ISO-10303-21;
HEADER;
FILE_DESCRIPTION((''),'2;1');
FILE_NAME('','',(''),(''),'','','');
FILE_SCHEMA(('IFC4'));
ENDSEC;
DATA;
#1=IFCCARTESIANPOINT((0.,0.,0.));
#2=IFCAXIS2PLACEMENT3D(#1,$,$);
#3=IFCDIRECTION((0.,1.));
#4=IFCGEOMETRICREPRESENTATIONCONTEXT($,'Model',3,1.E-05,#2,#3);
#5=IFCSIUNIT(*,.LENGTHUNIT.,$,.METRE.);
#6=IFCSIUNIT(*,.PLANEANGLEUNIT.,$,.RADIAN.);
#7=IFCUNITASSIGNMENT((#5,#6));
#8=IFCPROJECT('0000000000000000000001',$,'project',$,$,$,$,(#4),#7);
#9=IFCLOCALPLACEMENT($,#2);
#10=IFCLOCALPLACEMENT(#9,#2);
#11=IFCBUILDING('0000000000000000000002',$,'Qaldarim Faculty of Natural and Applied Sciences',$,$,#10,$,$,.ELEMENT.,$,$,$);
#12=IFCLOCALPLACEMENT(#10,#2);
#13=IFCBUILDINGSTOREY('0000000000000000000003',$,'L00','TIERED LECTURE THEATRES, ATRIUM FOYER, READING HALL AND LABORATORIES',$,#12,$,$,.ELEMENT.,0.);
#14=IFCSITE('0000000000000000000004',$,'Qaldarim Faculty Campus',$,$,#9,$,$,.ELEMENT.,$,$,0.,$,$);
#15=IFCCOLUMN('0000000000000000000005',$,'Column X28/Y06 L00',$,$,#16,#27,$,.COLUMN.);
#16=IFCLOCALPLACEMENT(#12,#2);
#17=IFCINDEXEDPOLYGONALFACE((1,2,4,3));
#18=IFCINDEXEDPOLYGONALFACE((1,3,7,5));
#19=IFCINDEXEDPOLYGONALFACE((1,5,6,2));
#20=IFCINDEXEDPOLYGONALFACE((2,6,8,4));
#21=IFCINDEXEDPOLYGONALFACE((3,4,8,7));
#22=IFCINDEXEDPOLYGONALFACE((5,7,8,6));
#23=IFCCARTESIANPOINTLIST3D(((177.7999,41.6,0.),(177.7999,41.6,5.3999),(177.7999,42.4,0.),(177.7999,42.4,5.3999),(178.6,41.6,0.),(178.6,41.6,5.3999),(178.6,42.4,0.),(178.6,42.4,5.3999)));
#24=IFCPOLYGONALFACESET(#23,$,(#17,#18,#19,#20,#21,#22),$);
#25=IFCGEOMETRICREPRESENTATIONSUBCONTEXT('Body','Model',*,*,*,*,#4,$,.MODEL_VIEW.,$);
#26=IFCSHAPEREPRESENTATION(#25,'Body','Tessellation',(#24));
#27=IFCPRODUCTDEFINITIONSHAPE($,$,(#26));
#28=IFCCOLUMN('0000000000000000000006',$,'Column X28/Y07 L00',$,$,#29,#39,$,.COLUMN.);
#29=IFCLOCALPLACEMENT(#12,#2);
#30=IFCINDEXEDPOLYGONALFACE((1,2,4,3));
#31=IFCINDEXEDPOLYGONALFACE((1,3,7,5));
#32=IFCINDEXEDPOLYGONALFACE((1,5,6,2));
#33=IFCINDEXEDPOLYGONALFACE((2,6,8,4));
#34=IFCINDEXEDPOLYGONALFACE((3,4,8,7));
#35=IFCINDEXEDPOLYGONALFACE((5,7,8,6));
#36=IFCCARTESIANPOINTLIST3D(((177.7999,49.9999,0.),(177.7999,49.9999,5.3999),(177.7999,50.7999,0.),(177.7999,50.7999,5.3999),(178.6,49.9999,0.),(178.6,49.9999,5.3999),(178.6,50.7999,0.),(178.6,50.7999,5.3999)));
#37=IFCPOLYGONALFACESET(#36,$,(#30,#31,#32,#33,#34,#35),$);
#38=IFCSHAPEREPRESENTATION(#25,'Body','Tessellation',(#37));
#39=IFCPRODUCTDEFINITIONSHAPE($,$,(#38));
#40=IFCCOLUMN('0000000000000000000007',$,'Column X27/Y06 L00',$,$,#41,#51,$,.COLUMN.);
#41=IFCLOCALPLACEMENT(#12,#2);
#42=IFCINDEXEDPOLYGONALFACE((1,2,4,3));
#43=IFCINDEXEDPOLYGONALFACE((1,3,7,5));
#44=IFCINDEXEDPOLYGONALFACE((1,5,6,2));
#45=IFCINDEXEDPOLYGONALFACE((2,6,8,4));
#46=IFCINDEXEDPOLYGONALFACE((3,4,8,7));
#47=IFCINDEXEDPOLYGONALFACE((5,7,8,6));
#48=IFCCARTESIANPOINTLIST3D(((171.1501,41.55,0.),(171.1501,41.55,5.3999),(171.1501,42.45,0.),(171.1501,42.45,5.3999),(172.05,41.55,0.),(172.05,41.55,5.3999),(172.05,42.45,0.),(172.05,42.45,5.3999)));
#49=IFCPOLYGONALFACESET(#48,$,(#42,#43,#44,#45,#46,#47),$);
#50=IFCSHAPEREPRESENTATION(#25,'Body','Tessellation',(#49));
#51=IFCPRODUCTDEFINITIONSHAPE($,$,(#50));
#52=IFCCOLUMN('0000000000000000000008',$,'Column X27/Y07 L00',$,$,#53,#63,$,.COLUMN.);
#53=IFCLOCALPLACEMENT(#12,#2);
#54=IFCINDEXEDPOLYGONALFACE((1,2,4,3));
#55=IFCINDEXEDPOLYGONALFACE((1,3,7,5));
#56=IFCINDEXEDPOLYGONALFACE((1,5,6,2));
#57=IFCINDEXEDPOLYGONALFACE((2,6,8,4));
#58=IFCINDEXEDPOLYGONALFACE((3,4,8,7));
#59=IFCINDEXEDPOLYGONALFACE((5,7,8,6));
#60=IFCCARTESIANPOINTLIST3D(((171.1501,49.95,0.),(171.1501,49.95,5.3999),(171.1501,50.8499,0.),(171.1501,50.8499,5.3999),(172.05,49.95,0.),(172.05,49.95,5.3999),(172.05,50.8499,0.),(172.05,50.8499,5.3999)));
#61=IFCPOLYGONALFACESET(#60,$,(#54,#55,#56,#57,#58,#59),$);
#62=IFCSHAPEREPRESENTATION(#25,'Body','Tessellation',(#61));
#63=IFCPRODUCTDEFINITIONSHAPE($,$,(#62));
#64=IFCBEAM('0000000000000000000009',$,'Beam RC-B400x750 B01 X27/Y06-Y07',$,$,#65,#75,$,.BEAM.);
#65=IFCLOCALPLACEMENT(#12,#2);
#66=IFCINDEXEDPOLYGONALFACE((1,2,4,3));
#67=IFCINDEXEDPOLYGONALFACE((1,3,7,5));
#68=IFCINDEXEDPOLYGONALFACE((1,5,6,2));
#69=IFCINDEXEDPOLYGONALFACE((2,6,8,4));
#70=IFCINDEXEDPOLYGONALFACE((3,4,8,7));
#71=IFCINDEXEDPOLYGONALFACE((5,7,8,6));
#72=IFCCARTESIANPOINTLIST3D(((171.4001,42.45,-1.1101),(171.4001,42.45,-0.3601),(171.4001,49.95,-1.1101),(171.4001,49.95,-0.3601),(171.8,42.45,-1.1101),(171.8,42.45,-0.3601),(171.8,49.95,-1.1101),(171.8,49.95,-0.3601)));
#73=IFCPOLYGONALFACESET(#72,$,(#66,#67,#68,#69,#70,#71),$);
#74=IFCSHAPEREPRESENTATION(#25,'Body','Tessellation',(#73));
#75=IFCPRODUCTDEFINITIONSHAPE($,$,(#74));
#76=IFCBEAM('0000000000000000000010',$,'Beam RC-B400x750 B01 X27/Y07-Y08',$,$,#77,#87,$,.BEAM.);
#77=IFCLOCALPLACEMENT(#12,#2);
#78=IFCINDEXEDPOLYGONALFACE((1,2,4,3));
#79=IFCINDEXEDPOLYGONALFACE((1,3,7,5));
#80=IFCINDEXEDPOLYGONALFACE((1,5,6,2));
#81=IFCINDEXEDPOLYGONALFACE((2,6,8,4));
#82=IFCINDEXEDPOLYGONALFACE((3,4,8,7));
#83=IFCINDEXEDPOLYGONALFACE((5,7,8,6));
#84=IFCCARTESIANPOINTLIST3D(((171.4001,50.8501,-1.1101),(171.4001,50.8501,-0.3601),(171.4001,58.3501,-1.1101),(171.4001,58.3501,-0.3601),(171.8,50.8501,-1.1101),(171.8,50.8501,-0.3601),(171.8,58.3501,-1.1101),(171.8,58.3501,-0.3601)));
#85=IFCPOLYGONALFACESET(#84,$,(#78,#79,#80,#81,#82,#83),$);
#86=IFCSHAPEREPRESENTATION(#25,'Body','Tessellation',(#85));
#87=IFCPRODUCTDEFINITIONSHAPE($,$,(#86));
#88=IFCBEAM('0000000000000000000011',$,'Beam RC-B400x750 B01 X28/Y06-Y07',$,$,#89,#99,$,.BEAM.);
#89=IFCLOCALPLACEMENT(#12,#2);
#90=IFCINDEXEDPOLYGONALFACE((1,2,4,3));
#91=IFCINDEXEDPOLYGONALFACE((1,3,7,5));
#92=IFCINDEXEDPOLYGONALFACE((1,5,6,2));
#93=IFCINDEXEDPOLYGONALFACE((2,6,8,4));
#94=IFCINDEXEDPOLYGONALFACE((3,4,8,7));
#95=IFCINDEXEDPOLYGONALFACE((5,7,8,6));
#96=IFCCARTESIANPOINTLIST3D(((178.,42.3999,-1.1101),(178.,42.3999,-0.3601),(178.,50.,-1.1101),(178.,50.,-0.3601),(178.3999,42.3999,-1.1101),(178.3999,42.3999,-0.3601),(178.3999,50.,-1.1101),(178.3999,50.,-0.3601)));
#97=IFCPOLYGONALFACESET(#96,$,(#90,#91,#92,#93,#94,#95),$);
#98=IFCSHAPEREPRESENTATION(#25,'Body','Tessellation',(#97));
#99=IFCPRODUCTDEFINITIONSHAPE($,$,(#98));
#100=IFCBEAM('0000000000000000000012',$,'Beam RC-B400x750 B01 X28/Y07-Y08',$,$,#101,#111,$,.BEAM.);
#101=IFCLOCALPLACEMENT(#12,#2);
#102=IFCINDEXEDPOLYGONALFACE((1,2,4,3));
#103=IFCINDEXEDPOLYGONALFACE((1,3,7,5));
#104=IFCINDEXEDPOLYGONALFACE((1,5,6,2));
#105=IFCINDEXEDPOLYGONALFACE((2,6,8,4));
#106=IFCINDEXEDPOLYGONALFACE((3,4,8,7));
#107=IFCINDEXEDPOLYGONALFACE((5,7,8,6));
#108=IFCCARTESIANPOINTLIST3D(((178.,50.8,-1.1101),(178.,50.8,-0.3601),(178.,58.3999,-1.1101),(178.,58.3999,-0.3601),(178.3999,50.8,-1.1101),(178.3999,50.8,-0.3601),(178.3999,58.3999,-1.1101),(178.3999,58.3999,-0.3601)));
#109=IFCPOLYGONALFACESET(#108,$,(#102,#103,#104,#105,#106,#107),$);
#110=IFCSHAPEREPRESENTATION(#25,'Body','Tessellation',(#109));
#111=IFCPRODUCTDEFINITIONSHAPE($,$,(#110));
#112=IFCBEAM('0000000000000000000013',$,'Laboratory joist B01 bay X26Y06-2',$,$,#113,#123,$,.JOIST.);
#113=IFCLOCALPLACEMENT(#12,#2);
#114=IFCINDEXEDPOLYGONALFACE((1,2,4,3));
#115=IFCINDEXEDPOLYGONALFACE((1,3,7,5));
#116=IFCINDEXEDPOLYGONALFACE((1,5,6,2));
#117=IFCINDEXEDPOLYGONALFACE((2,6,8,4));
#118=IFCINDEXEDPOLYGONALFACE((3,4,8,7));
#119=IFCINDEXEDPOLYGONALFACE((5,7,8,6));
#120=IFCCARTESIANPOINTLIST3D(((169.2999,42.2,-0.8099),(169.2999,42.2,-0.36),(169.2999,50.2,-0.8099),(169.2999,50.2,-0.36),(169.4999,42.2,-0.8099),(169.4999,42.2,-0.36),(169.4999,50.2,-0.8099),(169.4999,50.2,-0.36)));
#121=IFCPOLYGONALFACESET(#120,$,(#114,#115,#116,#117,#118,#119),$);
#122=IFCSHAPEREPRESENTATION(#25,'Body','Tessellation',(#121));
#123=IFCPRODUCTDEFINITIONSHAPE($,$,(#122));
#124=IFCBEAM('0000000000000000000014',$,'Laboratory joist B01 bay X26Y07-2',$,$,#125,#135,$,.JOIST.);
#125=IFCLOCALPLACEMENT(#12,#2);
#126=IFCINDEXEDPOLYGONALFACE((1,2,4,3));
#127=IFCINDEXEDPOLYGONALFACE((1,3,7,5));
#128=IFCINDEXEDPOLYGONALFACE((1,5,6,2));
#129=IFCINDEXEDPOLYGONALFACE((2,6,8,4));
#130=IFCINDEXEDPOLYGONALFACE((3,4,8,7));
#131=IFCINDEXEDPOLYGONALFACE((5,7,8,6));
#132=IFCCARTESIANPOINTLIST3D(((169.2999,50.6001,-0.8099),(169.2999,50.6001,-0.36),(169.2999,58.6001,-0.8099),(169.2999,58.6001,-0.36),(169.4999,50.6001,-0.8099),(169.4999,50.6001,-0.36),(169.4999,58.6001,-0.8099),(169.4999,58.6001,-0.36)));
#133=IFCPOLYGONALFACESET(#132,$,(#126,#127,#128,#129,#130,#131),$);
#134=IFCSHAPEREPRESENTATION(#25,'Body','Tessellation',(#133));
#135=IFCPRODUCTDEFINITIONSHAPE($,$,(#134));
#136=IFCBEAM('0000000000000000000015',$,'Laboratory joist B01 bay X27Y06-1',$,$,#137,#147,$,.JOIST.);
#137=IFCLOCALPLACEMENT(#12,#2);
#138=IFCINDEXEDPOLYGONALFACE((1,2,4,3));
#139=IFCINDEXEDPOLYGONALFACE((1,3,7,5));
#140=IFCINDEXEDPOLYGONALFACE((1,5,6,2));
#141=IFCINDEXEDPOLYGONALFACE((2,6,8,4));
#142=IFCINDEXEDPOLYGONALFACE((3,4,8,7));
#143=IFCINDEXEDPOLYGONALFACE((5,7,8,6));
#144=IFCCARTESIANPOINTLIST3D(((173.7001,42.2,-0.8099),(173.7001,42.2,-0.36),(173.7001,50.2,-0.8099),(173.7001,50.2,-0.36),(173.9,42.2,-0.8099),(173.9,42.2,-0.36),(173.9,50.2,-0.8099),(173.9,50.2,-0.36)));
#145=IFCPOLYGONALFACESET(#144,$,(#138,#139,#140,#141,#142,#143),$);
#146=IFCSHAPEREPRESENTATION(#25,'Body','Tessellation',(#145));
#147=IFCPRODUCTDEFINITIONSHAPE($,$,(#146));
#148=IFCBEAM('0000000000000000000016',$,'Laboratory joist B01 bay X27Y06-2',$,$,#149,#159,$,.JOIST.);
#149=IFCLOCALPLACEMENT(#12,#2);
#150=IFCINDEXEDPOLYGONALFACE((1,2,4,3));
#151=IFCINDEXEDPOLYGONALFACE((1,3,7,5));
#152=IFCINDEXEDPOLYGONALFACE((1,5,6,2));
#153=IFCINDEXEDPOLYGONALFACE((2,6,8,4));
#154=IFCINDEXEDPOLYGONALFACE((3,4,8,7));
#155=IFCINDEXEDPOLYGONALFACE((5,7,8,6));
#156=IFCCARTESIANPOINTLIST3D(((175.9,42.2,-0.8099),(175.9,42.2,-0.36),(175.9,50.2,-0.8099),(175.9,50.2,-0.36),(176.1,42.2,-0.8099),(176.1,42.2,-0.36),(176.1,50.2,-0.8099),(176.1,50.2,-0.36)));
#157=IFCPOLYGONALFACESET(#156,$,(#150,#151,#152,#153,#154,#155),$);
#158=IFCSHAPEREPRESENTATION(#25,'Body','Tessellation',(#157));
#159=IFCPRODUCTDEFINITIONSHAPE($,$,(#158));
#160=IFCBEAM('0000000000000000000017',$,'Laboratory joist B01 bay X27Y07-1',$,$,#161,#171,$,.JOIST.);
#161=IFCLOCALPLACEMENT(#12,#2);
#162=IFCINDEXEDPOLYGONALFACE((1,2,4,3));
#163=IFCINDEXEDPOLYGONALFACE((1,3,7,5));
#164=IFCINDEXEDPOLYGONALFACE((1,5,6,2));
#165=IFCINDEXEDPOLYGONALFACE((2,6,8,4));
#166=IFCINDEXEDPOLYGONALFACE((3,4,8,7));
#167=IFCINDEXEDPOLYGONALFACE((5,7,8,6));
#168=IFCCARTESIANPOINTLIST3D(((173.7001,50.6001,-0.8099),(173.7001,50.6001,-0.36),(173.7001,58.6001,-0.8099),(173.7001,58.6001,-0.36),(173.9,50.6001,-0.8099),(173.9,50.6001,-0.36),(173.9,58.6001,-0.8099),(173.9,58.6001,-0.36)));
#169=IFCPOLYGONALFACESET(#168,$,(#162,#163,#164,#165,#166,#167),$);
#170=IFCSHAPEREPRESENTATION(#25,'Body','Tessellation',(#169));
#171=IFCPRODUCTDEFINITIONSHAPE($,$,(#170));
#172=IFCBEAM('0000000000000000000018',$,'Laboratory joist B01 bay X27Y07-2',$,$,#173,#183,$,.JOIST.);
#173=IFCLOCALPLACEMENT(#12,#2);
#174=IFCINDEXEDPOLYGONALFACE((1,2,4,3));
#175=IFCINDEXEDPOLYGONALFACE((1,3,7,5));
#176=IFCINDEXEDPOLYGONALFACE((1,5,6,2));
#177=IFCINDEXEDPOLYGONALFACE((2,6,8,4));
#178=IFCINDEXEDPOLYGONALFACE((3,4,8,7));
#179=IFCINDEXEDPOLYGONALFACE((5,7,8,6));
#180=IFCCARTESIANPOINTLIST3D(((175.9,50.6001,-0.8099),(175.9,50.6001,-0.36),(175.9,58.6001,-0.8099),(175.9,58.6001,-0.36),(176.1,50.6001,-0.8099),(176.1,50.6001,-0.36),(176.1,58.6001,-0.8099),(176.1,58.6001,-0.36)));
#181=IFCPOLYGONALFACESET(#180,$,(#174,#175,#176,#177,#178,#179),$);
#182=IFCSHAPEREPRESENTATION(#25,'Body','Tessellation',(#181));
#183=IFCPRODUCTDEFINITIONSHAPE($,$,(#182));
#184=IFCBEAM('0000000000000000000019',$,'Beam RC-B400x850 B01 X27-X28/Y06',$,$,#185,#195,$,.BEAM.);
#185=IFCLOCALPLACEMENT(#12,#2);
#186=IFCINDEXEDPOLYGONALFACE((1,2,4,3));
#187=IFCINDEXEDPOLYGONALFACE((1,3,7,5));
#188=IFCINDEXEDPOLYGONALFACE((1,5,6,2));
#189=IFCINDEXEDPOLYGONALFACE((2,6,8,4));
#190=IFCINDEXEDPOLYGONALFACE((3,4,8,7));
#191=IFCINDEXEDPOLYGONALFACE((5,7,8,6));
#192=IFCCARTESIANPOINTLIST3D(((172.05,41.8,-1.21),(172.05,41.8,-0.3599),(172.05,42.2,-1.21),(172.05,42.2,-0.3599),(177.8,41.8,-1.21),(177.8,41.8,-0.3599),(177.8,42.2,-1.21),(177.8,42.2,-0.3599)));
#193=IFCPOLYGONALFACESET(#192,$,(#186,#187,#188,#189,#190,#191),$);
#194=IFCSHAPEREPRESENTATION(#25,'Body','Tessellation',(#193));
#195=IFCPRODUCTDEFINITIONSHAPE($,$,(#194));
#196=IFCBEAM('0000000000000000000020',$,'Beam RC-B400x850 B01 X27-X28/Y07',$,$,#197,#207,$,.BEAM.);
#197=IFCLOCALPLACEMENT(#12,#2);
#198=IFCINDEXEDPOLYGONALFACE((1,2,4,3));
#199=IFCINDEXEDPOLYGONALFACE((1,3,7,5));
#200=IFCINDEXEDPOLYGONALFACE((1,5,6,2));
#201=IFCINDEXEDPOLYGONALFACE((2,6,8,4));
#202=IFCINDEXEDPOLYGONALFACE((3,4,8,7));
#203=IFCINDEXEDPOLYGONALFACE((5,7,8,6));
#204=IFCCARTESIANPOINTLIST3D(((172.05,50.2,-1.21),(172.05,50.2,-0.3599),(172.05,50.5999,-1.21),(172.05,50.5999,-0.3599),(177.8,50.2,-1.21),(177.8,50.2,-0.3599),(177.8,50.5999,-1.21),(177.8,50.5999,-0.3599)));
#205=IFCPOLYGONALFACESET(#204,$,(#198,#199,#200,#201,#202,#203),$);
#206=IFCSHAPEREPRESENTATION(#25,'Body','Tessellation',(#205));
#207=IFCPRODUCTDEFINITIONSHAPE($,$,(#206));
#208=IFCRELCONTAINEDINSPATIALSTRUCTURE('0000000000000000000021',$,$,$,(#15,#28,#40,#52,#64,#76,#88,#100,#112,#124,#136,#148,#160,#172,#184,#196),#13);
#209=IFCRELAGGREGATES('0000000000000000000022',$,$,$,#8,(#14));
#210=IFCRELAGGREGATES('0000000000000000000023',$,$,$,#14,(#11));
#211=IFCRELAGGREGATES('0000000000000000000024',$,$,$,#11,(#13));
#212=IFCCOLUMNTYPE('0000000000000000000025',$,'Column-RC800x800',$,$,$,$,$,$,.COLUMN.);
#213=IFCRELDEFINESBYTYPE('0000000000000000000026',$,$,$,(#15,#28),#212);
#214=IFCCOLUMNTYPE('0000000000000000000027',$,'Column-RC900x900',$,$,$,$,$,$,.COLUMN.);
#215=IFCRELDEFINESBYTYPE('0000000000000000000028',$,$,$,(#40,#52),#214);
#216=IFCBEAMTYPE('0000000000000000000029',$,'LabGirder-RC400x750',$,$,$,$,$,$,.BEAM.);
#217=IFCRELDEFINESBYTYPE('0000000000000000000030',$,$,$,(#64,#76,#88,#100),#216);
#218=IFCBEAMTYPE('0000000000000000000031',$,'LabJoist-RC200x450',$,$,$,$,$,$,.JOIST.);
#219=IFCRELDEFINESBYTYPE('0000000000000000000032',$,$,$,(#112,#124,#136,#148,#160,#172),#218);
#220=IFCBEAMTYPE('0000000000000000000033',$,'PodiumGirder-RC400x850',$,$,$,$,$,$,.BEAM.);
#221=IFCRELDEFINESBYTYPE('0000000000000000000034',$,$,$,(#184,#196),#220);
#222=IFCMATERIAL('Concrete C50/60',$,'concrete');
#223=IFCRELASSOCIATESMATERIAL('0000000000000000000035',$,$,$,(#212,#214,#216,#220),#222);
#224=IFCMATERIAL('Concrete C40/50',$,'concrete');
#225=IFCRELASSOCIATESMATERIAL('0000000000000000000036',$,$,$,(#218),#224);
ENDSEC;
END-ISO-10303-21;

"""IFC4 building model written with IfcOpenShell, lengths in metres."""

from ifc_helpers import new_model, si_unit, direction, frame, origin, origin_2d, place, context, subcontext, project, spatial, rectangle, extrude, material, material_profile, profile_set, type_object, element, save


model = new_model("IFC4")

# Units and contexts
model_context = context("Model", 3, precision=1e-05, world=origin(), true_north=direction((0.0, 1.0)))
body_context = subcontext(model_context, "Body", "Model", "MODEL_VIEW")
ifc_project = project(units=[si_unit("LENGTHUNIT", "METRE"), si_unit("PLANEANGLEUNIT", "RADIAN")], contexts=[model_context])

# Site, building, storey
site_placement = place(None, origin())
site = spatial("IfcSite", under=ifc_project, at=site_placement, Name="Qaldarim Faculty Campus", CompositionType="ELEMENT", RefElevation=0.0)
building_placement = place(site_placement, origin())
building = spatial("IfcBuilding", under=site, at=building_placement, Name="Qaldarim Faculty of Natural and Applied Sciences", CompositionType="ELEMENT")
storey_placement = place(building_placement, origin())
storey = spatial("IfcBuildingStorey", under=building, at=storey_placement, Name="L00", Description="TIERED LECTURE THEATRES, ATRIUM FOYER, READING HALL AND LABORATORIES", CompositionType="ELEMENT", Elevation=0.0)

# Columns
ifc_material_1 = material(Name="Concrete C50/60", Category="concrete")
ifc_material_profile_1 = material_profile(ifc_material_1, rectangle(XDim=0.8, YDim=0.8, at=origin_2d()), Name="RC-C800x800")
ifc_profile_set_1 = profile_set([ifc_material_profile_1], Name="Concrete C50/60")
column_type_1 = type_object("IfcColumnType", Name="Column-RC800x800", PredefinedType="COLUMN", material=ifc_profile_set_1)
for number, where, z_axis, x_axis, name in (
    (1, (178.2, 42.0, 0.0), (0.0, 0.0, 1.0), (1.0, 0.0, 0.0), "Column X28/Y06 L00"),
    (2, (178.2, 50.3999, 0.0), (0.0, 0.0, 1.0), (1.0, 0.0, 0.0), "Column X28/Y07 L00"),
):
    element("IfcColumn", number, at=place(storey_placement, frame(where, z_axis=z_axis, x_axis=x_axis)), inside=storey, type_object=column_type_1, Name=name, PredefinedType="COLUMN", context=body_context, shape_type="SweptSolid", body=[
        extrude(rectangle(XDim=0.8, YDim=0.8, at=origin_2d()), origin(), (0.0, 0.0, 1.0), 5.3999),
    ])
ifc_material_profile_2 = material_profile(ifc_material_1, rectangle(XDim=0.8999, YDim=0.8999, at=origin_2d()), Name="RC-C900x900")
ifc_profile_set_2 = profile_set([ifc_material_profile_2], Name="Concrete C50/60")
column_type_2 = type_object("IfcColumnType", Name="Column-RC900x900", PredefinedType="COLUMN", material=ifc_profile_set_2)
for number, where, z_axis, x_axis, name in (
    (3, (171.6001, 42.0, 0.0), (0.0, 0.0, 1.0), (1.0, 0.0, 0.0), "Column X27/Y06 L00"),
    (4, (171.6001, 50.3999, 0.0), (0.0, 0.0, 1.0), (1.0, 0.0, 0.0), "Column X27/Y07 L00"),
):
    element("IfcColumn", number, at=place(storey_placement, frame(where, z_axis=z_axis, x_axis=x_axis)), inside=storey, type_object=column_type_2, Name=name, PredefinedType="COLUMN", context=body_context, shape_type="SweptSolid", body=[
        extrude(rectangle(XDim=0.8999, YDim=0.8999, at=origin_2d()), origin(), (0.0, 0.0, 1.0), 5.3999),
    ])

# Beams
ifc_material_profile_3 = material_profile(ifc_material_1, rectangle(XDim=0.3999, YDim=0.75, at=origin_2d()), Name="RC-B400x750")
ifc_profile_set_3 = profile_set([ifc_material_profile_3], Name="Concrete C50/60")
beam_type_1 = type_object("IfcBeamType", Name="LabGirder-RC400x750", PredefinedType="BEAM", material=ifc_profile_set_3)
for number, where, z_axis, x_axis, name in (
    (5, (171.6001, 42.45, -0.7351), (0.0, 1.0, 0.0), (-1.0, 0.0, 0.0), "Beam RC-B400x750 B01 X27/Y06-Y07"),
    (6, (171.6001, 50.8501, -0.7351), (0.0, 1.0, 0.0), (-1.0, 0.0, 0.0), "Beam RC-B400x750 B01 X27/Y07-Y08"),
):
    element("IfcBeam", number, at=place(storey_placement, frame(where, z_axis=z_axis, x_axis=x_axis)), inside=storey, type_object=beam_type_1, Name=name, PredefinedType="BEAM", context=body_context, shape_type="SweptSolid", body=[
        extrude(rectangle(XDim=0.3999, YDim=0.75, at=origin_2d()), origin(), (0.0, 0.0, 1.0), 7.5),
    ])
beam_1_placement = place(storey_placement, frame((178.2, 42.3999, -0.7351), z_axis=(0.0, 1.0, 0.0), x_axis=(-1.0, 0.0, 0.0)))
element("IfcBeam", 7, at=beam_1_placement, inside=storey, type_object=beam_type_1, Name="Beam RC-B400x750 B01 X28/Y06-Y07", PredefinedType="BEAM", context=body_context, shape_type="SweptSolid", body=[
    extrude(rectangle(XDim=0.3999, YDim=0.75, at=origin_2d()), origin(), (0.0, 0.0, 1.0), 7.6001),
])
beam_2_placement = place(storey_placement, frame((178.2, 50.8, -0.7351), z_axis=(0.0, 1.0, 0.0), x_axis=(-1.0, 0.0, 0.0)))
element("IfcBeam", 8, at=beam_2_placement, inside=storey, type_object=beam_type_1, Name="Beam RC-B400x750 B01 X28/Y07-Y08", PredefinedType="BEAM", context=body_context, shape_type="SweptSolid", body=[
    extrude(rectangle(XDim=0.3999, YDim=0.75, at=origin_2d()), origin(), (0.0, 0.0, 1.0), 7.5999),
])
ifc_material_2 = material(Name="Concrete C40/50", Category="concrete")
ifc_material_profile_4 = material_profile(ifc_material_2, rectangle(XDim=0.2, YDim=0.45, at=origin_2d()), Name="RC-J200x450")
ifc_profile_set_4 = profile_set([ifc_material_profile_4], Name="Concrete C40/50")
beam_type_2 = type_object("IfcBeamType", Name="LabJoist-RC200x450", PredefinedType="JOIST", material=ifc_profile_set_4)
for number, where, z_axis, x_axis, name in (
    (9, (169.3999, 42.2, -0.585), (0.0, 1.0, 0.0), (-1.0, 0.0, 0.0), "Laboratory joist B01 bay X26Y06-2"),
    (10, (169.3999, 50.6001, -0.585), (0.0, 1.0, 0.0), (-1.0, 0.0, 0.0), "Laboratory joist B01 bay X26Y07-2"),
    (11, (173.8, 42.2, -0.585), (0.0, 1.0, 0.0), (-1.0, 0.0, 0.0), "Laboratory joist B01 bay X27Y06-1"),
    (12, (176.0, 42.2, -0.585), (0.0, 1.0, 0.0), (-1.0, 0.0, 0.0), "Laboratory joist B01 bay X27Y06-2"),
    (13, (173.8, 50.6001, -0.585), (0.0, 1.0, 0.0), (-1.0, 0.0, 0.0), "Laboratory joist B01 bay X27Y07-1"),
    (14, (176.0, 50.6001, -0.585), (0.0, 1.0, 0.0), (-1.0, 0.0, 0.0), "Laboratory joist B01 bay X27Y07-2"),
):
    element("IfcBeam", number, at=place(storey_placement, frame(where, z_axis=z_axis, x_axis=x_axis)), inside=storey, type_object=beam_type_2, Name=name, PredefinedType="JOIST", context=body_context, shape_type="SweptSolid", body=[
        extrude(rectangle(XDim=0.2, YDim=0.45, at=origin_2d()), origin(), (0.0, 0.0, 1.0), 8.0),
    ])
ifc_material_profile_5 = material_profile(ifc_material_1, rectangle(XDim=0.3999, YDim=0.8501, at=origin_2d()), Name="RC-B400x850")
ifc_profile_set_5 = profile_set([ifc_material_profile_5], Name="Concrete C50/60")
beam_type_3 = type_object("IfcBeamType", Name="PodiumGirder-RC400x850", PredefinedType="BEAM", material=ifc_profile_set_5)
for number, where, z_axis, x_axis, name in (
    (15, (172.05, 42.0, -0.7849), (1.0, 0.0, 0.0), (0.0, 1.0, 0.0), "Beam RC-B400x850 B01 X27-X28/Y06"),
    (16, (172.05, 50.3999, -0.7849), (1.0, 0.0, 0.0), (0.0, 1.0, 0.0), "Beam RC-B400x850 B01 X27-X28/Y07"),
):
    element("IfcBeam", number, at=place(storey_placement, frame(where, z_axis=z_axis, x_axis=x_axis)), inside=storey, type_object=beam_type_3, Name=name, PredefinedType="BEAM", context=body_context, shape_type="SweptSolid", body=[
        extrude(rectangle(XDim=0.3999, YDim=0.8501, at=origin_2d()), origin(), (0.0, 0.0, 1.0), 5.75),
    ])

save(model, "model.ifc")
